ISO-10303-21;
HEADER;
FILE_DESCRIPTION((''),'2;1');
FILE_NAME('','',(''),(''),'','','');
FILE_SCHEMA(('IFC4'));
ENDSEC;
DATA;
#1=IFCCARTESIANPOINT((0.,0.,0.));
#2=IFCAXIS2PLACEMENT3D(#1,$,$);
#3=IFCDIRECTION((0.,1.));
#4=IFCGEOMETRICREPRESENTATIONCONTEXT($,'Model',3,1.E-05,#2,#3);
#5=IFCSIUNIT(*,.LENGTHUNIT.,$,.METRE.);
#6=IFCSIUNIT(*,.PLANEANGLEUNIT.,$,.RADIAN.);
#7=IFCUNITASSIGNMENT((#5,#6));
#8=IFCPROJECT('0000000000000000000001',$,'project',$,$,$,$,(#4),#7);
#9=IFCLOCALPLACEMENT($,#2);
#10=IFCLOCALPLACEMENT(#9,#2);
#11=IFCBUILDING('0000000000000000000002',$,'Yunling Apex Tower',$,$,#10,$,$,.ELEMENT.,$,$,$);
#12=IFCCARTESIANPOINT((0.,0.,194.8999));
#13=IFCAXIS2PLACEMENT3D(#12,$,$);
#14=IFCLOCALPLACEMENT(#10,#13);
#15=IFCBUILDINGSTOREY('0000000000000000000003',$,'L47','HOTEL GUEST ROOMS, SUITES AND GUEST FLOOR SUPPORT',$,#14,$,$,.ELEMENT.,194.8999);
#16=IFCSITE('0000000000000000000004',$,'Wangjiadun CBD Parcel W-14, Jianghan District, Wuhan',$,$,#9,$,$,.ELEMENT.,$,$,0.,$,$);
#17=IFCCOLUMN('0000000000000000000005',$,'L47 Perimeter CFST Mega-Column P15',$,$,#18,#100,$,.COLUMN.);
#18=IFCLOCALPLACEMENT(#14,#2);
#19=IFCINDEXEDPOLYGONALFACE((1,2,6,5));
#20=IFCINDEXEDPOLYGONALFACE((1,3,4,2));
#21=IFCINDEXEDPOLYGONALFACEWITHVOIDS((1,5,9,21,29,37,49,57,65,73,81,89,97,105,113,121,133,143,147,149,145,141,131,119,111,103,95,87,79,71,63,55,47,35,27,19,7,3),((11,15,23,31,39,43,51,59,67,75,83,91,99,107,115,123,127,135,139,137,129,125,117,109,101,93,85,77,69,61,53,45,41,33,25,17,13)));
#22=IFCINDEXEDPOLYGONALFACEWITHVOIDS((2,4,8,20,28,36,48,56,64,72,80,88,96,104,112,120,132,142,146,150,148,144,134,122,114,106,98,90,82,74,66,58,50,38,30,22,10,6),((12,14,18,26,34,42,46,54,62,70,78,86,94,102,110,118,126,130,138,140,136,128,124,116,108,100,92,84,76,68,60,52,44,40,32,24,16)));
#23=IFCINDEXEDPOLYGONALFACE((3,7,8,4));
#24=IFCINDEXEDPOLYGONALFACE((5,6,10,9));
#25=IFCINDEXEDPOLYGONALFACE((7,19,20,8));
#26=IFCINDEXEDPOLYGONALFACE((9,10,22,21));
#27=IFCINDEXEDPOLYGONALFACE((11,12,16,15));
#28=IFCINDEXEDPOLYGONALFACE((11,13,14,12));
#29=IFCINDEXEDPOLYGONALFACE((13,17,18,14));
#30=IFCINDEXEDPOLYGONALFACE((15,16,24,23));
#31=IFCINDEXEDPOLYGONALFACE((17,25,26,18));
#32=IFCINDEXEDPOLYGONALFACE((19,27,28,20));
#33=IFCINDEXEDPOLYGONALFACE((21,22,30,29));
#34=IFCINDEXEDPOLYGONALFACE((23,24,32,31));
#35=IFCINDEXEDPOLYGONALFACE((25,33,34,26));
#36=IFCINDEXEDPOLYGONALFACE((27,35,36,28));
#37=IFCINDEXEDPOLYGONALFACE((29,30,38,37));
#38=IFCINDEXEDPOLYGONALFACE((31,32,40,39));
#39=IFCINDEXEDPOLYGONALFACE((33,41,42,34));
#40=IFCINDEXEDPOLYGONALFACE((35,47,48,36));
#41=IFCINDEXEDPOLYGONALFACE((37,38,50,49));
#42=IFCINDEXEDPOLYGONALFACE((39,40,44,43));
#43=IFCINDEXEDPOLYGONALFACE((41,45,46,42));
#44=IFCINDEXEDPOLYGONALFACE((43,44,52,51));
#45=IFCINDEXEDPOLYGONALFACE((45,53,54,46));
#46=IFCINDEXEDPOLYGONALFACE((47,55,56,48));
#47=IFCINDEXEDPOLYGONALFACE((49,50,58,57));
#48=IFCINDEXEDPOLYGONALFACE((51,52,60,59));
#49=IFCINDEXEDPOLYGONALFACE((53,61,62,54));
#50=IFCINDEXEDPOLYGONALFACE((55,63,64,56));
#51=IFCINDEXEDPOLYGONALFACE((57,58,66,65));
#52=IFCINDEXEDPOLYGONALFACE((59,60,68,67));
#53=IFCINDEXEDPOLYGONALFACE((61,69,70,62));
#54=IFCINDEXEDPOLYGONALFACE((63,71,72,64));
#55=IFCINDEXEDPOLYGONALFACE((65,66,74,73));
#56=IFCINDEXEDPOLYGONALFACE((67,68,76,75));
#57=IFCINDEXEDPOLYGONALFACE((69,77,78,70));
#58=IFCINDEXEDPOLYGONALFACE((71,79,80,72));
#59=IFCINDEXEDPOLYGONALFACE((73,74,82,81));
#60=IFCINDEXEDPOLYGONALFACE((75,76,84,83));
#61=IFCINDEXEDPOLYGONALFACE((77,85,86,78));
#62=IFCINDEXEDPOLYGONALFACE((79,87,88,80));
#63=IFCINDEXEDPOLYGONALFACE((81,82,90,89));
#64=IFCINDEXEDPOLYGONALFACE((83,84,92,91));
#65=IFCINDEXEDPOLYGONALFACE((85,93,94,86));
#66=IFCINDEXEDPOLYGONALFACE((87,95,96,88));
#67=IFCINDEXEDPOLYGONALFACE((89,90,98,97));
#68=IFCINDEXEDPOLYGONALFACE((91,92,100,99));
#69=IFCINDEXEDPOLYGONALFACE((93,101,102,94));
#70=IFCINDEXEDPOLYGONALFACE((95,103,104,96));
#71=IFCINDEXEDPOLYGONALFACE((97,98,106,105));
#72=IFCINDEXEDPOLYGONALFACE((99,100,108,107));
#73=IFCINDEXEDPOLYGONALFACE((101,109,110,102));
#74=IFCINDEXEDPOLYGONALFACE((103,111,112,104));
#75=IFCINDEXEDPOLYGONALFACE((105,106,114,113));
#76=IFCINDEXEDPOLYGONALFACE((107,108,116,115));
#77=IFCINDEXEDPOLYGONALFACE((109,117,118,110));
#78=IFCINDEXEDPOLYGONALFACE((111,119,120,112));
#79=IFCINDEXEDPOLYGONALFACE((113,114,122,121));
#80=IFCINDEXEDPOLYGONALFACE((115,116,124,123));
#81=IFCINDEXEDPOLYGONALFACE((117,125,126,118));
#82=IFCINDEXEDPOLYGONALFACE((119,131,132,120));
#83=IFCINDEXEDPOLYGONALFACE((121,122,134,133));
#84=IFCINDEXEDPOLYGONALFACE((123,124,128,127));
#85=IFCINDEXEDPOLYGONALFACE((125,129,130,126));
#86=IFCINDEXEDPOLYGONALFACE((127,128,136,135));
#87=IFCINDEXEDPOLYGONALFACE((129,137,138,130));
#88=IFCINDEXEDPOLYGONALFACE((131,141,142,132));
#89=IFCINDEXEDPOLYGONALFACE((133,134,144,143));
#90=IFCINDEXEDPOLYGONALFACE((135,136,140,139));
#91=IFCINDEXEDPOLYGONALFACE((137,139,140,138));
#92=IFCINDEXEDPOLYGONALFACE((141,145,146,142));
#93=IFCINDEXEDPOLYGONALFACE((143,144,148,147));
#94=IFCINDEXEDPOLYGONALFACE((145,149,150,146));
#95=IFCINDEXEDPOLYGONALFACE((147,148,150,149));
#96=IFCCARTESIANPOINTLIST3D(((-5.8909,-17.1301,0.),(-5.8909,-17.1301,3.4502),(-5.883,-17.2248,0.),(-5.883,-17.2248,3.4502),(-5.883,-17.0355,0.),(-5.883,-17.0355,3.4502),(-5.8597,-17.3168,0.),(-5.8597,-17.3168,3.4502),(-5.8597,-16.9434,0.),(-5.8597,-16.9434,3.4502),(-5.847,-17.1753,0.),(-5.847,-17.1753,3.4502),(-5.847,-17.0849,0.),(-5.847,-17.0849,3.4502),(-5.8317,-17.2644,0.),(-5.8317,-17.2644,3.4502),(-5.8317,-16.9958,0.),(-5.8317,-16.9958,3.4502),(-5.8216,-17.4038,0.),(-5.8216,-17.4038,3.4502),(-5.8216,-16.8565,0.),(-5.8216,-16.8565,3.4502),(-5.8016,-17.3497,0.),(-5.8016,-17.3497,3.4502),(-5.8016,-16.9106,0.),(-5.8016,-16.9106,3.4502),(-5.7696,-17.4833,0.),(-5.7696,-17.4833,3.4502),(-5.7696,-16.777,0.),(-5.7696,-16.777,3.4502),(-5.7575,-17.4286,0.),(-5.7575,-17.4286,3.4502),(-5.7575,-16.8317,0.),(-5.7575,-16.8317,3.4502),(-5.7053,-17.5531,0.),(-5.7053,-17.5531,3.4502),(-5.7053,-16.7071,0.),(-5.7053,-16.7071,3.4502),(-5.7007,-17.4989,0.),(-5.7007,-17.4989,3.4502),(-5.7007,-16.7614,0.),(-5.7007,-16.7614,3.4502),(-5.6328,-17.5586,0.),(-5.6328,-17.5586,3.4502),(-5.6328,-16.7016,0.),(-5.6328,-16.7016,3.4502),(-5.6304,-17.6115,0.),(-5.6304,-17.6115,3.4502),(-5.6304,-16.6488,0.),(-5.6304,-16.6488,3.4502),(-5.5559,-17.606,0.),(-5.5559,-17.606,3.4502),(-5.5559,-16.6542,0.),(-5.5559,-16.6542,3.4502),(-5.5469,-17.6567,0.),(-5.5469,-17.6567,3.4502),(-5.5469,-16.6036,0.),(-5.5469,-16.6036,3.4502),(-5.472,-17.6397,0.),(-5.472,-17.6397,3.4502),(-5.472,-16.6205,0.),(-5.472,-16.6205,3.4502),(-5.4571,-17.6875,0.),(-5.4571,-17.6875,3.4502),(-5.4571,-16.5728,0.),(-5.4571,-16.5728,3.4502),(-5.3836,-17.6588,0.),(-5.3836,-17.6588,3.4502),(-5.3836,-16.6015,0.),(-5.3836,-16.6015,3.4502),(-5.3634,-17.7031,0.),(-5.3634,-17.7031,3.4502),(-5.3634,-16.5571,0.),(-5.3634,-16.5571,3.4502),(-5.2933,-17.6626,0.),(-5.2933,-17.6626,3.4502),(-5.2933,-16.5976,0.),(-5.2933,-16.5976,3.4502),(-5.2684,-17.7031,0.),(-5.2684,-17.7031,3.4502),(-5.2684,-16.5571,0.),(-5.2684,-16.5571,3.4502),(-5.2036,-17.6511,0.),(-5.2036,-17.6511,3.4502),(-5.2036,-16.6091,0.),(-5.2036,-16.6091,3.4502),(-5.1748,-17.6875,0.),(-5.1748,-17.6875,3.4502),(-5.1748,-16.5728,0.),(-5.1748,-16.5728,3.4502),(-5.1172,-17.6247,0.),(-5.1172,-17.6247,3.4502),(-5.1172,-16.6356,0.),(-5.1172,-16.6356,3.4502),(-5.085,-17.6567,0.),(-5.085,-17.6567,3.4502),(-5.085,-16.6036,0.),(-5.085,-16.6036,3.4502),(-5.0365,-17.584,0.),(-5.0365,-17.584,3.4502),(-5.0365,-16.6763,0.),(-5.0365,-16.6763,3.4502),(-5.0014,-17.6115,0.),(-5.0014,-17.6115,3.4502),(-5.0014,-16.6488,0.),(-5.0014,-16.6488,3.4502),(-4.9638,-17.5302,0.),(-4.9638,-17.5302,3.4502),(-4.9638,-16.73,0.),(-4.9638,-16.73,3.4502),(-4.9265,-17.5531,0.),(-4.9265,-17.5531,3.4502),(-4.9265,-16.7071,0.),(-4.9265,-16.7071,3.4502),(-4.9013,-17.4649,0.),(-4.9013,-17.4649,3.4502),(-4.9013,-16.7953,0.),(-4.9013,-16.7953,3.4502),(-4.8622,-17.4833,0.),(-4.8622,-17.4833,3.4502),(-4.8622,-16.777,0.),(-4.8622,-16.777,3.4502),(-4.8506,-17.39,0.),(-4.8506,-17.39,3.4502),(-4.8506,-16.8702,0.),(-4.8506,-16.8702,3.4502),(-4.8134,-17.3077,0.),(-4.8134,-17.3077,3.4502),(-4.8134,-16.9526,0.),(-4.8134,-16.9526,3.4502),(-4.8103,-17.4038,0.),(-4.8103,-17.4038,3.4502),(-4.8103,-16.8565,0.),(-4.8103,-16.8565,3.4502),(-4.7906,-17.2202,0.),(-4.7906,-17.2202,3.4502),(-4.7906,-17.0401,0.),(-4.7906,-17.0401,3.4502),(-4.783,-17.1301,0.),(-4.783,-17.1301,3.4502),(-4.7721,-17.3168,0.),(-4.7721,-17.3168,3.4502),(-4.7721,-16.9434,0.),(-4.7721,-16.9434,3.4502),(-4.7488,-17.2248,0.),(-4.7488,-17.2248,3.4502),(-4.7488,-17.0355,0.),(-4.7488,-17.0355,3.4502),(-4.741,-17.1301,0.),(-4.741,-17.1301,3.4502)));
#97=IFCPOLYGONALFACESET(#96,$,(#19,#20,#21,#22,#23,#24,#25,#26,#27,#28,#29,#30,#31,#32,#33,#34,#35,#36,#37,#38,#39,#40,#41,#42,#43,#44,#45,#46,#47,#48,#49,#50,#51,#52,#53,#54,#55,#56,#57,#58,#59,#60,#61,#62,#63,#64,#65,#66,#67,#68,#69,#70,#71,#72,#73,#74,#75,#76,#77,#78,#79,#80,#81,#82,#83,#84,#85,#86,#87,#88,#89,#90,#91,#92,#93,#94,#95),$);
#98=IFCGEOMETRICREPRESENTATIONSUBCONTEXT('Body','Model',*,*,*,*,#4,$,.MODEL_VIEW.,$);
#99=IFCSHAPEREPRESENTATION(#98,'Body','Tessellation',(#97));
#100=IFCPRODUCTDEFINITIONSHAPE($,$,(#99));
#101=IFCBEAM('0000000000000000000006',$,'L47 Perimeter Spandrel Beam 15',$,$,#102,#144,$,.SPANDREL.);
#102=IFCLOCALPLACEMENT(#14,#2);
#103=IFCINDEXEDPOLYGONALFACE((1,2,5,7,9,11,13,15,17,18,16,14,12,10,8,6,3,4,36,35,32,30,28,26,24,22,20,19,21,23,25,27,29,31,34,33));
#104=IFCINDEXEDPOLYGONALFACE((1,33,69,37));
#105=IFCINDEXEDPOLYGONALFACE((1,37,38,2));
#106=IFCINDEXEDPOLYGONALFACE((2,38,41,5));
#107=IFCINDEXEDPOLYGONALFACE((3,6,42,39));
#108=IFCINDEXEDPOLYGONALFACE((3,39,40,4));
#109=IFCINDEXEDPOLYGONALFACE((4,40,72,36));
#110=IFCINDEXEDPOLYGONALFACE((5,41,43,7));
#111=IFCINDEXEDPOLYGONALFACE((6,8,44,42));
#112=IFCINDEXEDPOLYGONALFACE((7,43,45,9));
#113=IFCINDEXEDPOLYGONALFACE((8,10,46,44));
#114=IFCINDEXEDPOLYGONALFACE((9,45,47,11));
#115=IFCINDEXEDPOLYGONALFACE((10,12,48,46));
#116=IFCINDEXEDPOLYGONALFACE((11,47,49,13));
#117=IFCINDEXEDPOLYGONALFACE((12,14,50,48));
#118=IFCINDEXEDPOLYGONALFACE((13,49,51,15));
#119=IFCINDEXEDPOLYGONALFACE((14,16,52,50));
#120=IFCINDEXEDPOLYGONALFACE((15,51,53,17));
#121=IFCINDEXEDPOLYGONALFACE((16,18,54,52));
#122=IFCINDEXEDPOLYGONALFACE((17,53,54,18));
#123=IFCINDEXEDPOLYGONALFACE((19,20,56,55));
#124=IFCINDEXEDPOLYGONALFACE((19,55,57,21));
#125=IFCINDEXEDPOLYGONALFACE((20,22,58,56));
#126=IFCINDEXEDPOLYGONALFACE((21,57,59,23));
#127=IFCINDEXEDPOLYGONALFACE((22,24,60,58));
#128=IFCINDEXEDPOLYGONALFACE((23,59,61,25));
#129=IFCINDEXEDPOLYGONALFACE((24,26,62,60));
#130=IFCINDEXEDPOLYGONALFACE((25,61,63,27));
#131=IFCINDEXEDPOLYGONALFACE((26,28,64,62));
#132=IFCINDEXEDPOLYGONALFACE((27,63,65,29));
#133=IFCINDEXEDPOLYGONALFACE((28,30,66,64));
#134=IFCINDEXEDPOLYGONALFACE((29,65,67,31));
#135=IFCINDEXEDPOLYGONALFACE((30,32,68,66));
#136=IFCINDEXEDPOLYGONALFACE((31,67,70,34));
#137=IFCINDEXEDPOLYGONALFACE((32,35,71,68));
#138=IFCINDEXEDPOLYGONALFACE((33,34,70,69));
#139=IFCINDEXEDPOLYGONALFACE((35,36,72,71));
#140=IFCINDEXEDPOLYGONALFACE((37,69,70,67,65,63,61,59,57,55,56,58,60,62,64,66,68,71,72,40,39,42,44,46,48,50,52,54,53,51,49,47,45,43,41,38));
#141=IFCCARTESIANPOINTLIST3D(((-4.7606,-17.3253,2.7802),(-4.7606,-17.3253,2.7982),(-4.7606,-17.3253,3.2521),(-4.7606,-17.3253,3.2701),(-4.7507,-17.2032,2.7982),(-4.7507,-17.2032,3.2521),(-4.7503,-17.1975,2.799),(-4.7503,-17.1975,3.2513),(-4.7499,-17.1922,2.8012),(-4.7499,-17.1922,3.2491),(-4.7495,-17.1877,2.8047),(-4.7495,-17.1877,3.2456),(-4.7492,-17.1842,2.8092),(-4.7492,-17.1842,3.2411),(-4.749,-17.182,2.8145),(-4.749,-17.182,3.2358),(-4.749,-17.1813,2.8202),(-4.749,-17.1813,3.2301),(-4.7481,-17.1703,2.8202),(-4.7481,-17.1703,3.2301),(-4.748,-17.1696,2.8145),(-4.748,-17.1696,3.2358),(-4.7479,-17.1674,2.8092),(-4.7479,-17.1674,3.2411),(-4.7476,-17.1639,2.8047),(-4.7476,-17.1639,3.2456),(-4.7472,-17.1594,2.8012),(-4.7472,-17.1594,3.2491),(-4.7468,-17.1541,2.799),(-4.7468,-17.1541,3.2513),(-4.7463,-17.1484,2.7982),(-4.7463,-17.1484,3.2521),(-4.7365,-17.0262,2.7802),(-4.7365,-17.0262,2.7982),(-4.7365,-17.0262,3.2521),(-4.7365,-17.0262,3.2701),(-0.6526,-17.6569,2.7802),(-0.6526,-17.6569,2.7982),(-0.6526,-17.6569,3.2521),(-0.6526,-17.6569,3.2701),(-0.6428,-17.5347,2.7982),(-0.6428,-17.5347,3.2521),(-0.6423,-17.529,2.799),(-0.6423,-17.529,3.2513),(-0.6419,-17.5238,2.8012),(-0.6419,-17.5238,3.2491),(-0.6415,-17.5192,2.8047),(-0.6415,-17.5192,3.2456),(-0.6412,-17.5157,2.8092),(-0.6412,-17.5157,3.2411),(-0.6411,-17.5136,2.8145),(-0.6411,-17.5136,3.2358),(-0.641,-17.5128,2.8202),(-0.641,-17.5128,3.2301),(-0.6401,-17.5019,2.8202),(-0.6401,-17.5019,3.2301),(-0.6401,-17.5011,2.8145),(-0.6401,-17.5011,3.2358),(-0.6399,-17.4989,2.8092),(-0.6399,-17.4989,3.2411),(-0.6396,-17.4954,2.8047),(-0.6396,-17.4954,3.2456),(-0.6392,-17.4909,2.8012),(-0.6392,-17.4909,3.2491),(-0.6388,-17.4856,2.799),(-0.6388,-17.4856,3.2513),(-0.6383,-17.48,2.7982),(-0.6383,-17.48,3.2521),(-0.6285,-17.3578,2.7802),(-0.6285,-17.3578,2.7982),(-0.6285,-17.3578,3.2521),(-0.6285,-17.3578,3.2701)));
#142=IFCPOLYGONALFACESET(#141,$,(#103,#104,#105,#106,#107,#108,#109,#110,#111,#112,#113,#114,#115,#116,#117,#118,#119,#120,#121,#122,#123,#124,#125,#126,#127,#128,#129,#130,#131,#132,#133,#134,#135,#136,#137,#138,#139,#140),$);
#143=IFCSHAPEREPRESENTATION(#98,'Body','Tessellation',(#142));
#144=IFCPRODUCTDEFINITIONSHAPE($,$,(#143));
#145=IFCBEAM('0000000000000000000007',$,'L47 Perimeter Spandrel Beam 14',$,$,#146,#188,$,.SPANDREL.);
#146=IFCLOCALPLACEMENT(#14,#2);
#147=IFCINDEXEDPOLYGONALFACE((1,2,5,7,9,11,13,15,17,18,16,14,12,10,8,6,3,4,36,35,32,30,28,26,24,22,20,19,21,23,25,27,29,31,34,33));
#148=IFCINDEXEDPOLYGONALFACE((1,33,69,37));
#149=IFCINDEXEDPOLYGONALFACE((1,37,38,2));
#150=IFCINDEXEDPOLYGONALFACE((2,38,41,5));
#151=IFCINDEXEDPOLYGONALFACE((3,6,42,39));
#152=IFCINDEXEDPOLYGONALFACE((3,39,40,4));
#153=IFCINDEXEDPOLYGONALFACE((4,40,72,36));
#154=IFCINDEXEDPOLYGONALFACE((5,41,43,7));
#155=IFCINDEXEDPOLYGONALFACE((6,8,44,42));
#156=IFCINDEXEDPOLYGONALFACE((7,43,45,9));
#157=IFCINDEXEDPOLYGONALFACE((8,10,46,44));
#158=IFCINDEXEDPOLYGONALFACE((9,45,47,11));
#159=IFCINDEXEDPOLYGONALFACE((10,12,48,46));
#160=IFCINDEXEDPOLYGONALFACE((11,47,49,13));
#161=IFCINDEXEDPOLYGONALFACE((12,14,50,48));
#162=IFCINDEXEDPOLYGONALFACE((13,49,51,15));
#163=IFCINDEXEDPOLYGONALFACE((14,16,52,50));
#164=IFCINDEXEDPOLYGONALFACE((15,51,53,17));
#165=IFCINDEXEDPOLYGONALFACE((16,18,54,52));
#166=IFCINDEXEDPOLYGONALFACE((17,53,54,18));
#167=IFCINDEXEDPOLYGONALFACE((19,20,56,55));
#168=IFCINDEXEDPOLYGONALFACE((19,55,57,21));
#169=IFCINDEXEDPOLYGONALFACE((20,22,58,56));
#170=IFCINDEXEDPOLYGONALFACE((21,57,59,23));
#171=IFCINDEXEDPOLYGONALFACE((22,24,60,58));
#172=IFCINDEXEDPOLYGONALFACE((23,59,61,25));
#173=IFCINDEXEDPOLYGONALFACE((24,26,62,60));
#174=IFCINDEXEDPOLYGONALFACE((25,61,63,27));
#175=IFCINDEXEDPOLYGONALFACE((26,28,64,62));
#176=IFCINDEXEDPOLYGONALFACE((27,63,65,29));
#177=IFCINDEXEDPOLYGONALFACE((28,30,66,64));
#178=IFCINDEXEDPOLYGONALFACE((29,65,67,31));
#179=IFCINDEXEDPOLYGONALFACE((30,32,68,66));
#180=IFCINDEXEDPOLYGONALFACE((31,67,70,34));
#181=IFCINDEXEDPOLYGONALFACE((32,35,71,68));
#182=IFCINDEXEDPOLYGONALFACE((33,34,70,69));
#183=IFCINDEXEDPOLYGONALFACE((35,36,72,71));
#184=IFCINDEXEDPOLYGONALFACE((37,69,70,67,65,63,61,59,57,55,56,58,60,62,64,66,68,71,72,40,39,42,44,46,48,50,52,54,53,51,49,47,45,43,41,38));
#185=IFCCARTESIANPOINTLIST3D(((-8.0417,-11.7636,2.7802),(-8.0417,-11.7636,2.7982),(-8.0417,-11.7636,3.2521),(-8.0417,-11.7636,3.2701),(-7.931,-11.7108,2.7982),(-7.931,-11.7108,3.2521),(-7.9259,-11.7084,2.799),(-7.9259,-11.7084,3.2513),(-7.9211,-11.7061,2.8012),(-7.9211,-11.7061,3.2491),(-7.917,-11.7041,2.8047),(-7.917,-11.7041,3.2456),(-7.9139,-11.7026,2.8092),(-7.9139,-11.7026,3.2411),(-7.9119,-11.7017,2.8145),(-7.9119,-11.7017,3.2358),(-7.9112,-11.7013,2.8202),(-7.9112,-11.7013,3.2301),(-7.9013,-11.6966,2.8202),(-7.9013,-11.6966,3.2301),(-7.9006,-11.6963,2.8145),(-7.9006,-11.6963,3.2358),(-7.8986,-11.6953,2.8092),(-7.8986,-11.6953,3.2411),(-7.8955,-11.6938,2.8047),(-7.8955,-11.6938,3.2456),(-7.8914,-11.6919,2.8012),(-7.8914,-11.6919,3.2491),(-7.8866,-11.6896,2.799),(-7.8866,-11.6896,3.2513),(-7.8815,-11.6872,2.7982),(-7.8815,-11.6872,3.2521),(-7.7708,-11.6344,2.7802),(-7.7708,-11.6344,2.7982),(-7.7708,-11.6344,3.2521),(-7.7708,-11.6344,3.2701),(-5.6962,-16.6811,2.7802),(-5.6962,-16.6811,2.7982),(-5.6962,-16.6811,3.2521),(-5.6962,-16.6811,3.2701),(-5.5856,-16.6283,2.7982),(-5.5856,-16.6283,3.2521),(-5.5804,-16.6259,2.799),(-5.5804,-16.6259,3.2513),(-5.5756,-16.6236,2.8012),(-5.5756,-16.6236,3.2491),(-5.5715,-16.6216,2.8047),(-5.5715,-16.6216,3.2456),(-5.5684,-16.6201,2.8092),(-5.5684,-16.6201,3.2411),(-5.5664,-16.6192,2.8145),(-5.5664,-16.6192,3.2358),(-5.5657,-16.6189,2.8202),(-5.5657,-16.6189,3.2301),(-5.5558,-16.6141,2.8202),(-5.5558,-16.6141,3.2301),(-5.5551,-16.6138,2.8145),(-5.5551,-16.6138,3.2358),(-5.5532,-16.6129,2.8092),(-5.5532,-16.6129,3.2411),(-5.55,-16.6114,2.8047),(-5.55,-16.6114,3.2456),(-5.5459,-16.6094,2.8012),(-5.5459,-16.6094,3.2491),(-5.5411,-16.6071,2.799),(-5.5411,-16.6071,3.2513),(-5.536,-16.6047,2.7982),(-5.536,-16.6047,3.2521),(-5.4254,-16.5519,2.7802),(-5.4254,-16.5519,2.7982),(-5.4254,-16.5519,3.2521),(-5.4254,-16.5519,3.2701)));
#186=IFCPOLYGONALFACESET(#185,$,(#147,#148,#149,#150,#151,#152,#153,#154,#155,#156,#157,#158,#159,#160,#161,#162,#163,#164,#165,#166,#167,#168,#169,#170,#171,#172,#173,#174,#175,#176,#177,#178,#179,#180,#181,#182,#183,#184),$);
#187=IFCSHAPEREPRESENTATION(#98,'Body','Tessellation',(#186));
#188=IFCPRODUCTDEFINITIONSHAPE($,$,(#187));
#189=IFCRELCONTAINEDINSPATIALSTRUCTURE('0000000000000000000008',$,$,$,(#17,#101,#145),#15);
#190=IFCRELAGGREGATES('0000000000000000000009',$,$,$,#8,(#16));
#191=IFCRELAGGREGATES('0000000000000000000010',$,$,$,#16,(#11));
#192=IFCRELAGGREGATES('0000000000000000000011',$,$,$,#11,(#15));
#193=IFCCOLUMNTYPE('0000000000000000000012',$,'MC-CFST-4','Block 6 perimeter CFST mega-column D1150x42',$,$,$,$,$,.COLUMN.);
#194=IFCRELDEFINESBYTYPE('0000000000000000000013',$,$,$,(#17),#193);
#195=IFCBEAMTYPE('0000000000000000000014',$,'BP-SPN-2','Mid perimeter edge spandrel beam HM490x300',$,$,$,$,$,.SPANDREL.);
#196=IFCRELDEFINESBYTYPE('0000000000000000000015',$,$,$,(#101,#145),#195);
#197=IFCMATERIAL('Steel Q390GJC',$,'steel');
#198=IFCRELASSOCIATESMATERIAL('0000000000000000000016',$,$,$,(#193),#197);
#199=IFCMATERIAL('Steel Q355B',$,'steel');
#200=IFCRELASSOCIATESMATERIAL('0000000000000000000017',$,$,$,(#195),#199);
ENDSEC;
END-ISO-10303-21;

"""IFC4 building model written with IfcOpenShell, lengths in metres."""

from ifc_helpers import new_model, si_unit, direction, frame, origin, origin_2d, place, context, subcontext, project, spatial, hollow_circle, i_section, extrude, source, transform, mapped, material, material_profile, profile_set, type_object, element, save


model = new_model("IFC4")

# Units and contexts
model_context = context("Model", 3, precision=1e-05, world=origin(), true_north=direction((0.0, 1.0)))
body_context = subcontext(model_context, "Body", "Model", "MODEL_VIEW")
ifc_project = project(units=[si_unit("LENGTHUNIT", "METRE"), si_unit("PLANEANGLEUNIT", "RADIAN")], contexts=[model_context])

# Site, building, storey
site_placement = place(None, origin())
site = spatial("IfcSite", under=ifc_project, at=site_placement, Name="Wangjiadun CBD Parcel W-14, Jianghan District, Wuhan", CompositionType="ELEMENT", RefElevation=0.0)
building_placement = place(site_placement, origin())
building = spatial("IfcBuilding", under=site, at=building_placement, Name="Yunling Apex Tower", CompositionType="ELEMENT")
storey_placement = place(building_placement, frame((0.0, 0.0, 194.8999)))
storey = spatial("IfcBuildingStorey", under=building, at=storey_placement, Name="L47", Description="HOTEL GUEST ROOMS, SUITES AND GUEST FLOOR SUPPORT", CompositionType="ELEMENT", Elevation=194.8999)

# Column
ifc_material_1 = material(Name="Steel Q390GJC", Category="steel")
ifc_material_profile_1 = material_profile(ifc_material_1, hollow_circle(Radius=0.575, WallThickness=0.042, at=origin_2d()))
ifc_profile_set_1 = profile_set([ifc_material_profile_1], Name="Steel Q390GJC")
column_type = type_object("IfcColumnType", Name="MC-CFST-4", Description="Block 6 perimeter CFST mega-column D1150x42", PredefinedType="COLUMN", material=ifc_profile_set_1)
shared_shape_1 = source(origin(), body_context, "Body", "SweptSolid", [
    extrude(hollow_circle(Radius=0.575, WallThickness=0.042, at=origin_2d()), origin(), (0.0, 0.0, 1.0), 3.4502),
])
column_placement = place(storey_placement, frame((-5.3159, -17.1301, 0.0), z_axis=(0.0, 0.0, 1.0), x_axis=(1.0, 0.0, 0.0)))
element("IfcColumn", 1, at=column_placement, inside=storey, type_object=column_type, Name="L47 Perimeter CFST Mega-Column P15", PredefinedType="COLUMN", context=body_context, shape_type="MappedRepresentation", body=[
    mapped(shared_shape_1, transform((0.0, 0.0, 0.0), scale=1.0)),
])

# Beams
ifc_material_2 = material(Name="Steel Q355B", Category="steel")
ifc_material_profile_2 = material_profile(ifc_material_2, i_section(OverallWidth=0.3, OverallDepth=0.49, WebThickness=0.011, FlangeThickness=0.0181, FilletRadius=0.022, at=origin_2d()))
ifc_profile_set_2 = profile_set([ifc_material_profile_2], Name="Steel Q355B")
beam_type_1 = type_object("IfcBeamType", Name="BP-SPN-2", Description="Mid perimeter edge spandrel beam HM490x300", PredefinedType="SPANDREL", material=ifc_profile_set_2)
shared_shape_2 = source(origin(), body_context, "Body", "SweptSolid", [
    extrude(i_section(OverallWidth=0.3, OverallDepth=0.49, WebThickness=0.011, FlangeThickness=0.0181, FilletRadius=0.022, at=origin_2d()), origin(), (0.0, 0.0, 1.0), 4.1213),
])
beam_1_placement = place(storey_placement, frame((-4.7485, -17.1758, 3.0251), z_axis=(0.996759, -0.080447, 0.0), x_axis=(0.080447, 0.996759, 0.0)))
element("IfcBeam", 2, at=beam_1_placement, inside=storey, type_object=beam_type_1, Name="L47 Perimeter Spandrel Beam 15", PredefinedType="SPANDREL", context=body_context, shape_type="MappedRepresentation", body=[
    mapped(shared_shape_2, transform((0.0, 0.0, 0.0), scale=1.0)),
])
shared_shape_3 = source(origin(), body_context, "Body", "SweptSolid", [
    extrude(i_section(OverallWidth=0.3, OverallDepth=0.49, WebThickness=0.011, FlangeThickness=0.0181, FilletRadius=0.022, at=origin_2d()), origin(), (0.0, 0.0, 1.0), 5.4482),
])
beam_2_placement = place(storey_placement, frame((-7.9062, -11.699, 3.0251), z_axis=(0.430502, -0.902589, 0.0), x_axis=(0.902589, 0.430502, 0.0)))
element("IfcBeam", 3, at=beam_2_placement, inside=storey, type_object=beam_type_1, Name="L47 Perimeter Spandrel Beam 14", PredefinedType="SPANDREL", context=body_context, shape_type="MappedRepresentation", body=[
    mapped(shared_shape_3, transform((0.0, 0.0, 0.0), scale=1.0)),
])

save(model, "model.ifc")
